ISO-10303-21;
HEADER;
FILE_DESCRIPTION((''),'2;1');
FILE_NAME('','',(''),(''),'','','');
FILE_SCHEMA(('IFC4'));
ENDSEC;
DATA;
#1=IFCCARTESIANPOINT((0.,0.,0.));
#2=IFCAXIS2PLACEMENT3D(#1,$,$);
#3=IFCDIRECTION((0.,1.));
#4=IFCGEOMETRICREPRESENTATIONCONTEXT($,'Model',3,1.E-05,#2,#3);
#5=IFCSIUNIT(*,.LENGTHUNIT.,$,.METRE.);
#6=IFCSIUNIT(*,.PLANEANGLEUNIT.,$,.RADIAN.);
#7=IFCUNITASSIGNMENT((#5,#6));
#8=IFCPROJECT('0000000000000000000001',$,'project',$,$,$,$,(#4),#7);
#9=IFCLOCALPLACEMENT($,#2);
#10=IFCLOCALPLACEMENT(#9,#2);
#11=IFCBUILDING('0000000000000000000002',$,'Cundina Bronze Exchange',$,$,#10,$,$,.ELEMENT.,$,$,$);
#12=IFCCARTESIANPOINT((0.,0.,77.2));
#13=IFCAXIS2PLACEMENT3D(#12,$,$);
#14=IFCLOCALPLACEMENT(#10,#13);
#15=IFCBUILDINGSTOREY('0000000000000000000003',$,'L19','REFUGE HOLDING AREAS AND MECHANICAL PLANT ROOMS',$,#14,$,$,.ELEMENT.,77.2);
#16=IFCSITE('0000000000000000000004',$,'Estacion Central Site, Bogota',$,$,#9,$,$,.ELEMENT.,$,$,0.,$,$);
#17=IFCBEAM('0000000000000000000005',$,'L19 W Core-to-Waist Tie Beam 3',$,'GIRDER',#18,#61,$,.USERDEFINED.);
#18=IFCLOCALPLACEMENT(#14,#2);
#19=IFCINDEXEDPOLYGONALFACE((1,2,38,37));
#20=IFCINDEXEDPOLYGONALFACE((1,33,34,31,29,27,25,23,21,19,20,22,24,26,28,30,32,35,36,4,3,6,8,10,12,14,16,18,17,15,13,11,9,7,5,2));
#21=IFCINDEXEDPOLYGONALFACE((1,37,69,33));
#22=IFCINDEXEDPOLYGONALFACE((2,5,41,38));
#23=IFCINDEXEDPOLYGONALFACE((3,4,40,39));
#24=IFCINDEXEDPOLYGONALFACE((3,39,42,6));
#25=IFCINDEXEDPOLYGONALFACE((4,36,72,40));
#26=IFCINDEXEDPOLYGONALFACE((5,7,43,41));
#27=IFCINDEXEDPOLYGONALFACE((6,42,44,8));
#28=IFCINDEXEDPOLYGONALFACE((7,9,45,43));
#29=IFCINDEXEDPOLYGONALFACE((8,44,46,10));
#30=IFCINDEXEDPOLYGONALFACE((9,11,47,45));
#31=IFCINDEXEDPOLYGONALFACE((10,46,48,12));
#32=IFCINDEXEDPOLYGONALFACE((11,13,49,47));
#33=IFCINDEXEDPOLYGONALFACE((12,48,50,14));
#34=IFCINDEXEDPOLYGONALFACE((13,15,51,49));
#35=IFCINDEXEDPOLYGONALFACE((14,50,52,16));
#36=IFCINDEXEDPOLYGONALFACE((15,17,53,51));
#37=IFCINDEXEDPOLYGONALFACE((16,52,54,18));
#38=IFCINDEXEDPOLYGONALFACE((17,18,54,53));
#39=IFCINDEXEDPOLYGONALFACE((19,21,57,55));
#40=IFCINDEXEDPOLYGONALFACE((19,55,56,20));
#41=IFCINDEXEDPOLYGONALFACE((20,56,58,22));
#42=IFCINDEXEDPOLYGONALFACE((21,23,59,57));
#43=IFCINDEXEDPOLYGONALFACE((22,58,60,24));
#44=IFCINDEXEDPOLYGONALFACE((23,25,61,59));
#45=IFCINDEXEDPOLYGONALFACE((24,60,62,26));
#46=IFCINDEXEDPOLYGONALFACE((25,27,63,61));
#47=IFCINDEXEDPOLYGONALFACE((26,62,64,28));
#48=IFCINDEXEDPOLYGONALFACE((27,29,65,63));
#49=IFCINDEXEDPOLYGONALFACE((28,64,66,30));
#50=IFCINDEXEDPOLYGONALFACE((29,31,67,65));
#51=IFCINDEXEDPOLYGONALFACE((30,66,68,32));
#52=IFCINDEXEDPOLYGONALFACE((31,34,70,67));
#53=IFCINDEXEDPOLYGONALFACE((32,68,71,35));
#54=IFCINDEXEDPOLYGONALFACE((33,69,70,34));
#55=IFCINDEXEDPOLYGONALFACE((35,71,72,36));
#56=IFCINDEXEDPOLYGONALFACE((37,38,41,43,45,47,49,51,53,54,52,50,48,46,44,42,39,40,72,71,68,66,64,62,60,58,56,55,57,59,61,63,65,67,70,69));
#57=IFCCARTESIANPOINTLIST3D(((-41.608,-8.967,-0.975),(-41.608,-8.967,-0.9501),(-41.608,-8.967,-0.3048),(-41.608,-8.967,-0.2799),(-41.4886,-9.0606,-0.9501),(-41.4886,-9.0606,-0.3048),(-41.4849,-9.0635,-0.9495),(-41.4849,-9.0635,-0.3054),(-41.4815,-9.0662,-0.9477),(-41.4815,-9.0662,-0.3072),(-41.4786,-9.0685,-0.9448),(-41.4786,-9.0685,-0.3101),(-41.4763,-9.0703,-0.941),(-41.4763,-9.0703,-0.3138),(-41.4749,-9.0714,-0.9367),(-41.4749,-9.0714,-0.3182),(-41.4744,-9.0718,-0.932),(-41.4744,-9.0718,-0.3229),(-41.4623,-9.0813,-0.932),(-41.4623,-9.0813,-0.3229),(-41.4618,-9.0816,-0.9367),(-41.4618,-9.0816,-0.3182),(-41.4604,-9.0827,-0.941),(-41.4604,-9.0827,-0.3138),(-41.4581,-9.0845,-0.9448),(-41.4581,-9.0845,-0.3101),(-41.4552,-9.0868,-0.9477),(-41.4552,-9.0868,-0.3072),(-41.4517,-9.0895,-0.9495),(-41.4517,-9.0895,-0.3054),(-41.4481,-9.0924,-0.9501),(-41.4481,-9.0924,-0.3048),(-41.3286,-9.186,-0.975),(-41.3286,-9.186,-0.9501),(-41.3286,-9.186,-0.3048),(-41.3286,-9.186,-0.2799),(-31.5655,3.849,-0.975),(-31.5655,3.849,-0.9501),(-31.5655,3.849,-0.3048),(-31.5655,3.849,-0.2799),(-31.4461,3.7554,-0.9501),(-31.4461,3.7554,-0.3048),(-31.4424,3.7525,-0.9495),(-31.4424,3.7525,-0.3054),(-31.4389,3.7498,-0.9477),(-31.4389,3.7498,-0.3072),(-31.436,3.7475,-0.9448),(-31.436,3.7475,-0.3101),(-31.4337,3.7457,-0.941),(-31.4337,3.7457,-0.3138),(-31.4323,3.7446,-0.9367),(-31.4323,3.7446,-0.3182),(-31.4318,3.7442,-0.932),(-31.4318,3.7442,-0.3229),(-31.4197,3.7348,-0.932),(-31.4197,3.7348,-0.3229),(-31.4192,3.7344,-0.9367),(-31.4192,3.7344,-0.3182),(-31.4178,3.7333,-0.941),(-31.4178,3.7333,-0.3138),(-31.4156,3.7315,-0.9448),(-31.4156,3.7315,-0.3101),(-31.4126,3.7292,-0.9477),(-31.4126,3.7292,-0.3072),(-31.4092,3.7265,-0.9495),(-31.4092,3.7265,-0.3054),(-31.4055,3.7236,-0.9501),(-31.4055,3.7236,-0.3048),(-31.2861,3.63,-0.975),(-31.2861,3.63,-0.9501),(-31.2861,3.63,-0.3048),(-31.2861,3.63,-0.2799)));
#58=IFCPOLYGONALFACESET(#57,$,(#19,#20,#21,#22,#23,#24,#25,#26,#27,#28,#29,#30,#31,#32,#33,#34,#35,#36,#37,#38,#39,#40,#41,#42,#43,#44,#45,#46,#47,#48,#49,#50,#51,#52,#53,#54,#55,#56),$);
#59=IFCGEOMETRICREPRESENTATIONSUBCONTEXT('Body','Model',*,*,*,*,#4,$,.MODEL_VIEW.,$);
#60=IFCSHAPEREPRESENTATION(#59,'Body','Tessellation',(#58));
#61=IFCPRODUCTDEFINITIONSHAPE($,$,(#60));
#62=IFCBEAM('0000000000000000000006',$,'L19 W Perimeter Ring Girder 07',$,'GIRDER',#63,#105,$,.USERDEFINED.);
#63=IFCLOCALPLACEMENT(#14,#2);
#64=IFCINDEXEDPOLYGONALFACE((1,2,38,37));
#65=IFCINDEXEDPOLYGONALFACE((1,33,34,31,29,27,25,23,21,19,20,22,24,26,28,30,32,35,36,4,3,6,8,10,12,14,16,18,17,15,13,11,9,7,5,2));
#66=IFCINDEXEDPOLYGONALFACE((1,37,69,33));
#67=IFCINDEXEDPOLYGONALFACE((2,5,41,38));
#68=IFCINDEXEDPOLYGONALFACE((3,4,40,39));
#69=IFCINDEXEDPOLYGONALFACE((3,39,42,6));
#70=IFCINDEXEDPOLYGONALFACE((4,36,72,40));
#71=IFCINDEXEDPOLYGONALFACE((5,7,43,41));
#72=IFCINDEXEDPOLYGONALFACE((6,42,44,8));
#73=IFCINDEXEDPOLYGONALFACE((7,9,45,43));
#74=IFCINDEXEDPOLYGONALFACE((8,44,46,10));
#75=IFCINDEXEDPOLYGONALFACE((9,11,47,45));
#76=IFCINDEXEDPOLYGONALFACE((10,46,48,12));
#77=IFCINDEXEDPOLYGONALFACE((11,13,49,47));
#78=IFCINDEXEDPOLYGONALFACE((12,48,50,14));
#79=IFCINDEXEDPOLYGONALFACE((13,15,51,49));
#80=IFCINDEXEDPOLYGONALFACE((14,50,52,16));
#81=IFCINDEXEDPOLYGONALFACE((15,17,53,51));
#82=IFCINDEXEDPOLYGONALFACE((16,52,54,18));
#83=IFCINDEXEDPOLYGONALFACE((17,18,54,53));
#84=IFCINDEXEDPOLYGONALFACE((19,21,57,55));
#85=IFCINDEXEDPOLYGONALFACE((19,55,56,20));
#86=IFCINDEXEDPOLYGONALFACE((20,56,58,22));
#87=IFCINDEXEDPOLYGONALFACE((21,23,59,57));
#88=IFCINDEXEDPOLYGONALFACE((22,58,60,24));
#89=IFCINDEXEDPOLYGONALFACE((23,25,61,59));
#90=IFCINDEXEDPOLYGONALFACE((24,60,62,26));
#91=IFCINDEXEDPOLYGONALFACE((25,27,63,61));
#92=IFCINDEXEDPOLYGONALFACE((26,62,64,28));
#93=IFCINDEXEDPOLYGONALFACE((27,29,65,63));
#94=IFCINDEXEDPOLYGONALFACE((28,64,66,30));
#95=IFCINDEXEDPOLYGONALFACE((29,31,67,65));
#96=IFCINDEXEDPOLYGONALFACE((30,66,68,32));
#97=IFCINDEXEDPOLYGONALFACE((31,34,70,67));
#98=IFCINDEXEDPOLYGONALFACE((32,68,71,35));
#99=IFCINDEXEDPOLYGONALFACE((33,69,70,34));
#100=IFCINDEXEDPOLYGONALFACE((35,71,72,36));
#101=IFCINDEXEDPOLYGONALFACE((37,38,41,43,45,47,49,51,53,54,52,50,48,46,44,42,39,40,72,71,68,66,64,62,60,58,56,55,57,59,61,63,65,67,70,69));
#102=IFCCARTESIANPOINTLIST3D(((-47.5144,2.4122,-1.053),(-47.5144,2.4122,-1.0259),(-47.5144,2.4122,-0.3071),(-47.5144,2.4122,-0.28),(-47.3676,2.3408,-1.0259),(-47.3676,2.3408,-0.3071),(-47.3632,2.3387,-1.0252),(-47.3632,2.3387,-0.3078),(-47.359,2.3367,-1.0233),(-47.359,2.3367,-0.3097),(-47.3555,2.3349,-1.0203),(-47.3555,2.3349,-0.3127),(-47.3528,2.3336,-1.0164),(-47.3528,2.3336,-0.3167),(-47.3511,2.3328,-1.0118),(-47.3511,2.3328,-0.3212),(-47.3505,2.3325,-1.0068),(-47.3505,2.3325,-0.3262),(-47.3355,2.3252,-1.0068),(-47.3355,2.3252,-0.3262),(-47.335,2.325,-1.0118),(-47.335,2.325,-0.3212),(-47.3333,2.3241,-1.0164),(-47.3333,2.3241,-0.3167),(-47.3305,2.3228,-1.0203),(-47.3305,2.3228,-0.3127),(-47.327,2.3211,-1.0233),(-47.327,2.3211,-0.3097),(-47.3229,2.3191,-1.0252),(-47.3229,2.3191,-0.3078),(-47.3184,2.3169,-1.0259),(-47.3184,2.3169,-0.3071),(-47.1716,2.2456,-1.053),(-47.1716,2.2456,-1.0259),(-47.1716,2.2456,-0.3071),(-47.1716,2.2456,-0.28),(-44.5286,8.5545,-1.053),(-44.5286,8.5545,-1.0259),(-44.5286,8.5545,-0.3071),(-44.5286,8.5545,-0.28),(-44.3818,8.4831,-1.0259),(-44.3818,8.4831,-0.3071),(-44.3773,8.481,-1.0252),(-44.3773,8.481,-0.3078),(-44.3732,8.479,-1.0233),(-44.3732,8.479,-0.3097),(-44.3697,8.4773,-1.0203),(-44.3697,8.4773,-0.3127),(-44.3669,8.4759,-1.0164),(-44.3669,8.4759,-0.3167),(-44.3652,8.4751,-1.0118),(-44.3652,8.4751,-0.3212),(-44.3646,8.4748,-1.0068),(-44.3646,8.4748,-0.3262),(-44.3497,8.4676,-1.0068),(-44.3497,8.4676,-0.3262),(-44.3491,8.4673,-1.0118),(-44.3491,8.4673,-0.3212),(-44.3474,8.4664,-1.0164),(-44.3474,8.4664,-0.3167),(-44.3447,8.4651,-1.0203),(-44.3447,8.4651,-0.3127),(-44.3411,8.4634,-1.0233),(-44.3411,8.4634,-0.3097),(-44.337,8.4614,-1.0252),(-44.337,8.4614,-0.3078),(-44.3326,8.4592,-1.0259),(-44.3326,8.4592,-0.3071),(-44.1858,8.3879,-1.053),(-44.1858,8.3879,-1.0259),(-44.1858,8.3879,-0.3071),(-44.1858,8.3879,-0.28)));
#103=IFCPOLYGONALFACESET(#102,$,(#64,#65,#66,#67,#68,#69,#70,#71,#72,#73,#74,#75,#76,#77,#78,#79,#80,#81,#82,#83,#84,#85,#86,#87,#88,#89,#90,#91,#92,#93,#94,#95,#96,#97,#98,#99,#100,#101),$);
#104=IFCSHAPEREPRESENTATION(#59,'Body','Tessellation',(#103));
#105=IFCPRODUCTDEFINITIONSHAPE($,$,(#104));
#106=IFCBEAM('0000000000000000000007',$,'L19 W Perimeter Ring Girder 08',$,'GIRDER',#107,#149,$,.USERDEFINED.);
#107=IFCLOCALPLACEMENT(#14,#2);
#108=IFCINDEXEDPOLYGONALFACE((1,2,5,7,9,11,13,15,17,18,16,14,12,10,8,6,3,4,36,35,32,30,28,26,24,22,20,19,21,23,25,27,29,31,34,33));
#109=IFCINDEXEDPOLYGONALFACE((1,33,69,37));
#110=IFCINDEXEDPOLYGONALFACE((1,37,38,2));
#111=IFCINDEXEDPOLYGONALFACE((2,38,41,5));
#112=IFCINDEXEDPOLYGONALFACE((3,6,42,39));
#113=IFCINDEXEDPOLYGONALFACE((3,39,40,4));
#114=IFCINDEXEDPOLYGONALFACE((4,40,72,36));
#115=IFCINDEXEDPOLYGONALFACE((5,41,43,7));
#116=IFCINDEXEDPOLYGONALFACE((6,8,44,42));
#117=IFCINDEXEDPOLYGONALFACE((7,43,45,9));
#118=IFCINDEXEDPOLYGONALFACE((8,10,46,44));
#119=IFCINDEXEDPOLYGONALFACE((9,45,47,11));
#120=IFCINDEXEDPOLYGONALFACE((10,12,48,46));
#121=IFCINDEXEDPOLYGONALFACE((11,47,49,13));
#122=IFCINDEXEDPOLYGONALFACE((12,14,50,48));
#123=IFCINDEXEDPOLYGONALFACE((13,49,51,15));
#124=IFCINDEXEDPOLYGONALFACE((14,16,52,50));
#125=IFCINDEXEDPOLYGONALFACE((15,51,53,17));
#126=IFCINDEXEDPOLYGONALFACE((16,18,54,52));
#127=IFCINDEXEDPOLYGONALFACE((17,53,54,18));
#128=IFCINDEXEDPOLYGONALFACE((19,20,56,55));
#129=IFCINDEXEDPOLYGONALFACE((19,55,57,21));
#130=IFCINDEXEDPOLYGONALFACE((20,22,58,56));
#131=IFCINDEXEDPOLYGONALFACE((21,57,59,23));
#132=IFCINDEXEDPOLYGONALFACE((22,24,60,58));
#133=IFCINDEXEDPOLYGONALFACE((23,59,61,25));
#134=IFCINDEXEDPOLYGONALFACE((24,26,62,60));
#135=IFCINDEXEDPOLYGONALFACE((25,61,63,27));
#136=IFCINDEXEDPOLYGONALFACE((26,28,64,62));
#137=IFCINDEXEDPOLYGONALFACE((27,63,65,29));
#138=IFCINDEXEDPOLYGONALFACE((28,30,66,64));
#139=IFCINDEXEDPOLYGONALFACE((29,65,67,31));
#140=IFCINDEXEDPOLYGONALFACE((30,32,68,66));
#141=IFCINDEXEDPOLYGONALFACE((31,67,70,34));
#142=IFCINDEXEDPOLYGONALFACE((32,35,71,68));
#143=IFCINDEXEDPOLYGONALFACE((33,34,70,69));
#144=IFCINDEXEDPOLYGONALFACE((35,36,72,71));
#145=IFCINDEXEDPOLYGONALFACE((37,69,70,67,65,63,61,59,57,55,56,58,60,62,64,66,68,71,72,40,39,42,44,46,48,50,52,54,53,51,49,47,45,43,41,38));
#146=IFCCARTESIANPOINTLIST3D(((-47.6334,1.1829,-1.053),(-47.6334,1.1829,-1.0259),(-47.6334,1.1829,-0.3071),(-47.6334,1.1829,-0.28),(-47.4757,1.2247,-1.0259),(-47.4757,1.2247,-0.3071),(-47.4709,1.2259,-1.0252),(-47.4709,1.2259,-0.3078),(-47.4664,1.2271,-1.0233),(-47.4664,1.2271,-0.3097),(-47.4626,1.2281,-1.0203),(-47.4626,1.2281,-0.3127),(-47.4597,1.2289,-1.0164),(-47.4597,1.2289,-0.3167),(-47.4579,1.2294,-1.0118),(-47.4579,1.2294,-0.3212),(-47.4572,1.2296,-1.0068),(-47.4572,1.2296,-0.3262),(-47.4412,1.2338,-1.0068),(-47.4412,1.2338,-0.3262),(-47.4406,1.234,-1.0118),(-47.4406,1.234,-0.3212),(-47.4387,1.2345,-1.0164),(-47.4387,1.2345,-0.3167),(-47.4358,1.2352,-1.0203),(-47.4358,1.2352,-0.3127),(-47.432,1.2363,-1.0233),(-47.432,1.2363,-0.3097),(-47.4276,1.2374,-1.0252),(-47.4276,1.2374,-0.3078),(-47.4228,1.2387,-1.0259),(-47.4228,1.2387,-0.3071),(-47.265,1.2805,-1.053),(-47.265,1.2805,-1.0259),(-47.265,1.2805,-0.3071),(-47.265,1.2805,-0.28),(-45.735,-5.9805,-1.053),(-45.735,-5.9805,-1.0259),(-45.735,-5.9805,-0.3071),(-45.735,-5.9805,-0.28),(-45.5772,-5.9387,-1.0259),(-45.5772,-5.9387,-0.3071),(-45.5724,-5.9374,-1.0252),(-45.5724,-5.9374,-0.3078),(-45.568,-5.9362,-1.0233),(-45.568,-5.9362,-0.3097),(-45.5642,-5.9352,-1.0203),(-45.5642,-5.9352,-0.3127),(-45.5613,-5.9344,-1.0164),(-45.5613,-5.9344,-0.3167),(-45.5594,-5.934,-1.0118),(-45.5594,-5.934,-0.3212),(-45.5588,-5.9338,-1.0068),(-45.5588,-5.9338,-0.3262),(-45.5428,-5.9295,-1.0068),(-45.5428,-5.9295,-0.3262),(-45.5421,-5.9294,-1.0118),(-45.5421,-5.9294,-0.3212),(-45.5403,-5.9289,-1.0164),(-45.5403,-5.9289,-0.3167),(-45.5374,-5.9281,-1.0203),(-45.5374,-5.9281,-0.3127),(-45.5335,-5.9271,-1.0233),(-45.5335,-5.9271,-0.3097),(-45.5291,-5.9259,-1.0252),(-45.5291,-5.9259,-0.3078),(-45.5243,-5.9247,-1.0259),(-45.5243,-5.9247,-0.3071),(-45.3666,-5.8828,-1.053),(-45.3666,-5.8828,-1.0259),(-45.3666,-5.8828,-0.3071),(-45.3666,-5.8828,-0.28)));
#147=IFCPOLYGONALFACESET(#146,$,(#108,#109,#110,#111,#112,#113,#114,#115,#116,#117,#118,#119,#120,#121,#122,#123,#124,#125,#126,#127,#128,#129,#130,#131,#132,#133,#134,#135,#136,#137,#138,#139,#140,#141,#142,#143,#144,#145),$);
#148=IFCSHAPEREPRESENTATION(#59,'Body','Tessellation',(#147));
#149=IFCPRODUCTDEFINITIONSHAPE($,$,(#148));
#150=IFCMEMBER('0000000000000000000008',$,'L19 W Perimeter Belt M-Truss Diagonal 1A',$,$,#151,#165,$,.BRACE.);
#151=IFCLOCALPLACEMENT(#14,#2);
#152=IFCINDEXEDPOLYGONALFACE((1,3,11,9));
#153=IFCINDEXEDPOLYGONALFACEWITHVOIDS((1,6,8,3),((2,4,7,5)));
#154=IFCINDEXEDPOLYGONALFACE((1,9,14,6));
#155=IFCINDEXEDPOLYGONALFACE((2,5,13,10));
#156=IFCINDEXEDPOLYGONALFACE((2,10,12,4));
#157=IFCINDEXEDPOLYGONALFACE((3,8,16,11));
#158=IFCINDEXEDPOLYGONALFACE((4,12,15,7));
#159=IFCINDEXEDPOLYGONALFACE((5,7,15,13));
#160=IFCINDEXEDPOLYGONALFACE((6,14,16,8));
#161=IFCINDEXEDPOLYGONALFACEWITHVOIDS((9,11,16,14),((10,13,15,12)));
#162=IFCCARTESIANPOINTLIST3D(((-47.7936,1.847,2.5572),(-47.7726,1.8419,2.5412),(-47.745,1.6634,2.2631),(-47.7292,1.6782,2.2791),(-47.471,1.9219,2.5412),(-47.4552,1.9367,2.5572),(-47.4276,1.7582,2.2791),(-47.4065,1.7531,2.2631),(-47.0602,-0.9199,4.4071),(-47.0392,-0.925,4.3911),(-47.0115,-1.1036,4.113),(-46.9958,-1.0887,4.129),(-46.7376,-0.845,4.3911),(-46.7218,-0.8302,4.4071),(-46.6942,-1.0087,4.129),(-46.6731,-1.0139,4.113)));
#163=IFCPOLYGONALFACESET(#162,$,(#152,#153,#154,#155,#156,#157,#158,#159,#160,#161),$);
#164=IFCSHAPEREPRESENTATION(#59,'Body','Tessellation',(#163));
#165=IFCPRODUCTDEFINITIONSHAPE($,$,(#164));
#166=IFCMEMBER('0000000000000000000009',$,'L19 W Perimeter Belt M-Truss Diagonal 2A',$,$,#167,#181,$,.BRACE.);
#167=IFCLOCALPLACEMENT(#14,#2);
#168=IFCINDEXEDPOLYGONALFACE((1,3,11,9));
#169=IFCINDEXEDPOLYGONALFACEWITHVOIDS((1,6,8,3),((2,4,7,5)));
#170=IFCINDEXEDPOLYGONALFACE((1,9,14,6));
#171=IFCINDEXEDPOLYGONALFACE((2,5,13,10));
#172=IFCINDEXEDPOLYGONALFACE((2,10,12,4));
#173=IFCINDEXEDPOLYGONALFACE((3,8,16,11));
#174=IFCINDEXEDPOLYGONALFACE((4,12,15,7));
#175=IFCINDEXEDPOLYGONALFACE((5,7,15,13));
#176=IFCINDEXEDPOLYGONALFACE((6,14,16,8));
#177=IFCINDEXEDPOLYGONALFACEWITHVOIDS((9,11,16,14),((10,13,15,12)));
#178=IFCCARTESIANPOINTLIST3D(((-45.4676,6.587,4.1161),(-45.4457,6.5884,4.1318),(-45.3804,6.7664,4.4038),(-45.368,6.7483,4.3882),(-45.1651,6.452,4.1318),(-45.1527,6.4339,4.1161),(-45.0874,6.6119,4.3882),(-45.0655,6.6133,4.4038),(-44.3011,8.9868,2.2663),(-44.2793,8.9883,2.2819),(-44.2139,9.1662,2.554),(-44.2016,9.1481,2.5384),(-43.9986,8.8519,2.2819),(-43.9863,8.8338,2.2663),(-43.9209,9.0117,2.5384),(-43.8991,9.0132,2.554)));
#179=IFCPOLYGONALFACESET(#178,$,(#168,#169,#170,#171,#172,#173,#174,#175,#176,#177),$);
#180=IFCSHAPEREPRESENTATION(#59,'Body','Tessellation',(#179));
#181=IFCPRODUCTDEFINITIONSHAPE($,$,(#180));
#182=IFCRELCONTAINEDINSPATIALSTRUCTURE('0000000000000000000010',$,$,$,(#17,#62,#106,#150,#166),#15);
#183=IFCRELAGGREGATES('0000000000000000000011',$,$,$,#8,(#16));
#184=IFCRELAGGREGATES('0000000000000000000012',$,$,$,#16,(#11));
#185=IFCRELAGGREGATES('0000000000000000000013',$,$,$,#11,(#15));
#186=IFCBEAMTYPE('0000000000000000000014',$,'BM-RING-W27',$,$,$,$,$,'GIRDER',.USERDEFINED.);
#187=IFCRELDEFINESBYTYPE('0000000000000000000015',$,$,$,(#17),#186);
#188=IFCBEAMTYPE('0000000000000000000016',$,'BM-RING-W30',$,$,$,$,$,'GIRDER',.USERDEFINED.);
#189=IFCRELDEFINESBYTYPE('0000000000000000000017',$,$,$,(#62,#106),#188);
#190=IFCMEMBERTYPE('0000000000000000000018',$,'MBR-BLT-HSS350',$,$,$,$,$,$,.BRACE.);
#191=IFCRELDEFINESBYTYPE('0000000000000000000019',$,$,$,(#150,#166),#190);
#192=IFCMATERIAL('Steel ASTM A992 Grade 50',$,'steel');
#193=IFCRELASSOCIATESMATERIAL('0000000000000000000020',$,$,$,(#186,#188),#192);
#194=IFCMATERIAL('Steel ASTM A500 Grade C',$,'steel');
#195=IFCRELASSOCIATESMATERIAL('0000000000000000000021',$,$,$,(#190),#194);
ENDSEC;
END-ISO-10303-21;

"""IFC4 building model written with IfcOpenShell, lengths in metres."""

from ifc_helpers import new_model, si_unit, direction, frame, origin, origin_2d, place, context, subcontext, project, spatial, hollow_rectangle, i_section, extrude, material, material_profile, profile_set, type_object, element, save


model = new_model("IFC4")

# Units and contexts
model_context = context("Model", 3, precision=1e-05, world=origin(), true_north=direction((0.0, 1.0)))
body_context = subcontext(model_context, "Body", "Model", "MODEL_VIEW")
ifc_project = project(units=[si_unit("LENGTHUNIT", "METRE"), si_unit("PLANEANGLEUNIT", "RADIAN")], contexts=[model_context])

# Site, building, storey
site_placement = place(None, origin())
site = spatial("IfcSite", under=ifc_project, at=site_placement, Name="Estacion Central Site, Bogota", CompositionType="ELEMENT", RefElevation=0.0)
building_placement = place(site_placement, origin())
building = spatial("IfcBuilding", under=site, at=building_placement, Name="Cundina Bronze Exchange", CompositionType="ELEMENT")
storey_placement = place(building_placement, frame((0.0, 0.0, 77.2)))
storey = spatial("IfcBuildingStorey", under=building, at=storey_placement, Name="L19", Description="REFUGE HOLDING AREAS AND MECHANICAL PLANT ROOMS", CompositionType="ELEMENT", Elevation=77.2)

# Beams
ifc_material_1 = material(Name="Steel ASTM A992 Grade 50", Category="steel")
ifc_material_profile_1 = material_profile(ifc_material_1, i_section(OverallWidth=0.355, OverallDepth=0.6951, WebThickness=0.0154, FlangeThickness=0.0249, FilletRadius=0.0181, at=origin_2d()), Name="W27X146", Category="steel")
ifc_profile_set_1 = profile_set([ifc_material_profile_1], Name="Steel ASTM A992 Grade 50")
beam_type_1 = type_object("IfcBeamType", Name="BM-RING-W27", ElementType="GIRDER", PredefinedType="USERDEFINED", material=ifc_profile_set_1)
beam_1_placement = place(storey_placement, frame((-31.4258, 3.7395, -0.6274), z_axis=(-0.616789, -0.787128, 0.0), x_axis=(0.787128, -0.616789, 0.0)))
element("IfcBeam", 1, at=beam_1_placement, inside=storey, type_object=beam_type_1, Name="L19 W Core-to-Waist Tie Beam 3", ObjectType="GIRDER", PredefinedType="USERDEFINED", context=body_context, shape_type="SweptSolid", body=[
    extrude(i_section(OverallWidth=0.355, OverallDepth=0.6951, WebThickness=0.0154, FlangeThickness=0.0249, FilletRadius=0.0181, at=origin_2d()), origin(), (0.0, 0.0, 1.0), 16.282),
])
ifc_material_profile_2 = material_profile(ifc_material_1, i_section(OverallWidth=0.3811, OverallDepth=0.7729, WebThickness=0.0166, FlangeThickness=0.0271, FilletRadius=0.019, at=origin_2d()), Name="W30X173", Category="steel")
ifc_profile_set_2 = profile_set([ifc_material_profile_2], Name="Steel ASTM A992 Grade 50")
beam_type_2 = type_object("IfcBeamType", Name="BM-RING-W30", ElementType="GIRDER", PredefinedType="USERDEFINED", material=ifc_profile_set_2)
beam_2_placement = place(storey_placement, frame((-44.3572, 8.4712, -0.6665), z_axis=(-0.437191, -0.899369, 0.0), x_axis=(0.899369, -0.437191, 0.0)))
element("IfcBeam", 2, at=beam_2_placement, inside=storey, type_object=beam_type_2, Name="L19 W Perimeter Ring Girder 07", ObjectType="GIRDER", PredefinedType="USERDEFINED", context=body_context, shape_type="SweptSolid", body=[
    extrude(i_section(OverallWidth=0.3811, OverallDepth=0.7729, WebThickness=0.0166, FlangeThickness=0.0271, FilletRadius=0.019, at=origin_2d()), origin(), (0.0, 0.0, 1.0), 6.8296),
])
beam_3_placement = place(storey_placement, frame((-47.4492, 1.2317, -0.6665), z_axis=(0.256178, -0.96663, 0.0), x_axis=(0.96663, 0.256178, 0.0)))
element("IfcBeam", 3, at=beam_3_placement, inside=storey, type_object=beam_type_2, Name="L19 W Perimeter Ring Girder 08", ObjectType="GIRDER", PredefinedType="USERDEFINED", context=body_context, shape_type="SweptSolid", body=[
    extrude(i_section(OverallWidth=0.3811, OverallDepth=0.7729, WebThickness=0.0166, FlangeThickness=0.0271, FilletRadius=0.019, at=origin_2d()), origin(), (0.0, 0.0, 1.0), 7.4106),
])

# Members
ifc_material_2 = material(Name="Steel ASTM A500 Grade C", Category="steel")
ifc_material_profile_3 = material_profile(ifc_material_2, hollow_rectangle(XDim=0.3501, YDim=0.3501, WallThickness=0.019, at=origin_2d()), Name="HSS350X350X19", Category="steel")
ifc_profile_set_3 = profile_set([ifc_material_profile_3], Name="Steel ASTM A500 Grade C")
member_type = type_object("IfcMemberType", Name="MBR-BLT-HSS350", PredefinedType="BRACE", material=ifc_profile_set_3)
member_1_placement = place(storey_placement, frame((-47.6001, 1.8, 2.4102), z_axis=(0.215192, -0.81184, 0.542779), x_axis=(0.966619, 0.256218, 0.0)))
element("IfcMember", 4, at=member_1_placement, inside=storey, type_object=member_type, Name="L19 W Perimeter Belt M-Truss Diagonal 1A", PredefinedType="BRACE", context=body_context, shape_type="SweptSolid", body=[
    extrude(hollow_rectangle(XDim=0.3501, YDim=0.3501, WallThickness=0.019, at=origin_2d()), origin(), (0.0, 0.0, 1.0), 3.4082),
])
member_2_placement = place(storey_placement, frame((-44.1001, 9.0, 2.4102), z_axis=(-0.359269, -0.739141, 0.569733), x_axis=(0.899385, -0.437158, 0.0)))
element("IfcMember", 5, at=member_2_placement, inside=storey, type_object=member_type, Name="L19 W Perimeter Belt M-Truss Diagonal 2A", PredefinedType="BRACE", context=body_context, shape_type="SweptSolid", body=[
    extrude(hollow_rectangle(XDim=0.3501, YDim=0.3501, WallThickness=0.019, at=origin_2d()), origin(), (0.0, 0.0, 1.0), 3.2468),
])

save(model, "model.ifc")
